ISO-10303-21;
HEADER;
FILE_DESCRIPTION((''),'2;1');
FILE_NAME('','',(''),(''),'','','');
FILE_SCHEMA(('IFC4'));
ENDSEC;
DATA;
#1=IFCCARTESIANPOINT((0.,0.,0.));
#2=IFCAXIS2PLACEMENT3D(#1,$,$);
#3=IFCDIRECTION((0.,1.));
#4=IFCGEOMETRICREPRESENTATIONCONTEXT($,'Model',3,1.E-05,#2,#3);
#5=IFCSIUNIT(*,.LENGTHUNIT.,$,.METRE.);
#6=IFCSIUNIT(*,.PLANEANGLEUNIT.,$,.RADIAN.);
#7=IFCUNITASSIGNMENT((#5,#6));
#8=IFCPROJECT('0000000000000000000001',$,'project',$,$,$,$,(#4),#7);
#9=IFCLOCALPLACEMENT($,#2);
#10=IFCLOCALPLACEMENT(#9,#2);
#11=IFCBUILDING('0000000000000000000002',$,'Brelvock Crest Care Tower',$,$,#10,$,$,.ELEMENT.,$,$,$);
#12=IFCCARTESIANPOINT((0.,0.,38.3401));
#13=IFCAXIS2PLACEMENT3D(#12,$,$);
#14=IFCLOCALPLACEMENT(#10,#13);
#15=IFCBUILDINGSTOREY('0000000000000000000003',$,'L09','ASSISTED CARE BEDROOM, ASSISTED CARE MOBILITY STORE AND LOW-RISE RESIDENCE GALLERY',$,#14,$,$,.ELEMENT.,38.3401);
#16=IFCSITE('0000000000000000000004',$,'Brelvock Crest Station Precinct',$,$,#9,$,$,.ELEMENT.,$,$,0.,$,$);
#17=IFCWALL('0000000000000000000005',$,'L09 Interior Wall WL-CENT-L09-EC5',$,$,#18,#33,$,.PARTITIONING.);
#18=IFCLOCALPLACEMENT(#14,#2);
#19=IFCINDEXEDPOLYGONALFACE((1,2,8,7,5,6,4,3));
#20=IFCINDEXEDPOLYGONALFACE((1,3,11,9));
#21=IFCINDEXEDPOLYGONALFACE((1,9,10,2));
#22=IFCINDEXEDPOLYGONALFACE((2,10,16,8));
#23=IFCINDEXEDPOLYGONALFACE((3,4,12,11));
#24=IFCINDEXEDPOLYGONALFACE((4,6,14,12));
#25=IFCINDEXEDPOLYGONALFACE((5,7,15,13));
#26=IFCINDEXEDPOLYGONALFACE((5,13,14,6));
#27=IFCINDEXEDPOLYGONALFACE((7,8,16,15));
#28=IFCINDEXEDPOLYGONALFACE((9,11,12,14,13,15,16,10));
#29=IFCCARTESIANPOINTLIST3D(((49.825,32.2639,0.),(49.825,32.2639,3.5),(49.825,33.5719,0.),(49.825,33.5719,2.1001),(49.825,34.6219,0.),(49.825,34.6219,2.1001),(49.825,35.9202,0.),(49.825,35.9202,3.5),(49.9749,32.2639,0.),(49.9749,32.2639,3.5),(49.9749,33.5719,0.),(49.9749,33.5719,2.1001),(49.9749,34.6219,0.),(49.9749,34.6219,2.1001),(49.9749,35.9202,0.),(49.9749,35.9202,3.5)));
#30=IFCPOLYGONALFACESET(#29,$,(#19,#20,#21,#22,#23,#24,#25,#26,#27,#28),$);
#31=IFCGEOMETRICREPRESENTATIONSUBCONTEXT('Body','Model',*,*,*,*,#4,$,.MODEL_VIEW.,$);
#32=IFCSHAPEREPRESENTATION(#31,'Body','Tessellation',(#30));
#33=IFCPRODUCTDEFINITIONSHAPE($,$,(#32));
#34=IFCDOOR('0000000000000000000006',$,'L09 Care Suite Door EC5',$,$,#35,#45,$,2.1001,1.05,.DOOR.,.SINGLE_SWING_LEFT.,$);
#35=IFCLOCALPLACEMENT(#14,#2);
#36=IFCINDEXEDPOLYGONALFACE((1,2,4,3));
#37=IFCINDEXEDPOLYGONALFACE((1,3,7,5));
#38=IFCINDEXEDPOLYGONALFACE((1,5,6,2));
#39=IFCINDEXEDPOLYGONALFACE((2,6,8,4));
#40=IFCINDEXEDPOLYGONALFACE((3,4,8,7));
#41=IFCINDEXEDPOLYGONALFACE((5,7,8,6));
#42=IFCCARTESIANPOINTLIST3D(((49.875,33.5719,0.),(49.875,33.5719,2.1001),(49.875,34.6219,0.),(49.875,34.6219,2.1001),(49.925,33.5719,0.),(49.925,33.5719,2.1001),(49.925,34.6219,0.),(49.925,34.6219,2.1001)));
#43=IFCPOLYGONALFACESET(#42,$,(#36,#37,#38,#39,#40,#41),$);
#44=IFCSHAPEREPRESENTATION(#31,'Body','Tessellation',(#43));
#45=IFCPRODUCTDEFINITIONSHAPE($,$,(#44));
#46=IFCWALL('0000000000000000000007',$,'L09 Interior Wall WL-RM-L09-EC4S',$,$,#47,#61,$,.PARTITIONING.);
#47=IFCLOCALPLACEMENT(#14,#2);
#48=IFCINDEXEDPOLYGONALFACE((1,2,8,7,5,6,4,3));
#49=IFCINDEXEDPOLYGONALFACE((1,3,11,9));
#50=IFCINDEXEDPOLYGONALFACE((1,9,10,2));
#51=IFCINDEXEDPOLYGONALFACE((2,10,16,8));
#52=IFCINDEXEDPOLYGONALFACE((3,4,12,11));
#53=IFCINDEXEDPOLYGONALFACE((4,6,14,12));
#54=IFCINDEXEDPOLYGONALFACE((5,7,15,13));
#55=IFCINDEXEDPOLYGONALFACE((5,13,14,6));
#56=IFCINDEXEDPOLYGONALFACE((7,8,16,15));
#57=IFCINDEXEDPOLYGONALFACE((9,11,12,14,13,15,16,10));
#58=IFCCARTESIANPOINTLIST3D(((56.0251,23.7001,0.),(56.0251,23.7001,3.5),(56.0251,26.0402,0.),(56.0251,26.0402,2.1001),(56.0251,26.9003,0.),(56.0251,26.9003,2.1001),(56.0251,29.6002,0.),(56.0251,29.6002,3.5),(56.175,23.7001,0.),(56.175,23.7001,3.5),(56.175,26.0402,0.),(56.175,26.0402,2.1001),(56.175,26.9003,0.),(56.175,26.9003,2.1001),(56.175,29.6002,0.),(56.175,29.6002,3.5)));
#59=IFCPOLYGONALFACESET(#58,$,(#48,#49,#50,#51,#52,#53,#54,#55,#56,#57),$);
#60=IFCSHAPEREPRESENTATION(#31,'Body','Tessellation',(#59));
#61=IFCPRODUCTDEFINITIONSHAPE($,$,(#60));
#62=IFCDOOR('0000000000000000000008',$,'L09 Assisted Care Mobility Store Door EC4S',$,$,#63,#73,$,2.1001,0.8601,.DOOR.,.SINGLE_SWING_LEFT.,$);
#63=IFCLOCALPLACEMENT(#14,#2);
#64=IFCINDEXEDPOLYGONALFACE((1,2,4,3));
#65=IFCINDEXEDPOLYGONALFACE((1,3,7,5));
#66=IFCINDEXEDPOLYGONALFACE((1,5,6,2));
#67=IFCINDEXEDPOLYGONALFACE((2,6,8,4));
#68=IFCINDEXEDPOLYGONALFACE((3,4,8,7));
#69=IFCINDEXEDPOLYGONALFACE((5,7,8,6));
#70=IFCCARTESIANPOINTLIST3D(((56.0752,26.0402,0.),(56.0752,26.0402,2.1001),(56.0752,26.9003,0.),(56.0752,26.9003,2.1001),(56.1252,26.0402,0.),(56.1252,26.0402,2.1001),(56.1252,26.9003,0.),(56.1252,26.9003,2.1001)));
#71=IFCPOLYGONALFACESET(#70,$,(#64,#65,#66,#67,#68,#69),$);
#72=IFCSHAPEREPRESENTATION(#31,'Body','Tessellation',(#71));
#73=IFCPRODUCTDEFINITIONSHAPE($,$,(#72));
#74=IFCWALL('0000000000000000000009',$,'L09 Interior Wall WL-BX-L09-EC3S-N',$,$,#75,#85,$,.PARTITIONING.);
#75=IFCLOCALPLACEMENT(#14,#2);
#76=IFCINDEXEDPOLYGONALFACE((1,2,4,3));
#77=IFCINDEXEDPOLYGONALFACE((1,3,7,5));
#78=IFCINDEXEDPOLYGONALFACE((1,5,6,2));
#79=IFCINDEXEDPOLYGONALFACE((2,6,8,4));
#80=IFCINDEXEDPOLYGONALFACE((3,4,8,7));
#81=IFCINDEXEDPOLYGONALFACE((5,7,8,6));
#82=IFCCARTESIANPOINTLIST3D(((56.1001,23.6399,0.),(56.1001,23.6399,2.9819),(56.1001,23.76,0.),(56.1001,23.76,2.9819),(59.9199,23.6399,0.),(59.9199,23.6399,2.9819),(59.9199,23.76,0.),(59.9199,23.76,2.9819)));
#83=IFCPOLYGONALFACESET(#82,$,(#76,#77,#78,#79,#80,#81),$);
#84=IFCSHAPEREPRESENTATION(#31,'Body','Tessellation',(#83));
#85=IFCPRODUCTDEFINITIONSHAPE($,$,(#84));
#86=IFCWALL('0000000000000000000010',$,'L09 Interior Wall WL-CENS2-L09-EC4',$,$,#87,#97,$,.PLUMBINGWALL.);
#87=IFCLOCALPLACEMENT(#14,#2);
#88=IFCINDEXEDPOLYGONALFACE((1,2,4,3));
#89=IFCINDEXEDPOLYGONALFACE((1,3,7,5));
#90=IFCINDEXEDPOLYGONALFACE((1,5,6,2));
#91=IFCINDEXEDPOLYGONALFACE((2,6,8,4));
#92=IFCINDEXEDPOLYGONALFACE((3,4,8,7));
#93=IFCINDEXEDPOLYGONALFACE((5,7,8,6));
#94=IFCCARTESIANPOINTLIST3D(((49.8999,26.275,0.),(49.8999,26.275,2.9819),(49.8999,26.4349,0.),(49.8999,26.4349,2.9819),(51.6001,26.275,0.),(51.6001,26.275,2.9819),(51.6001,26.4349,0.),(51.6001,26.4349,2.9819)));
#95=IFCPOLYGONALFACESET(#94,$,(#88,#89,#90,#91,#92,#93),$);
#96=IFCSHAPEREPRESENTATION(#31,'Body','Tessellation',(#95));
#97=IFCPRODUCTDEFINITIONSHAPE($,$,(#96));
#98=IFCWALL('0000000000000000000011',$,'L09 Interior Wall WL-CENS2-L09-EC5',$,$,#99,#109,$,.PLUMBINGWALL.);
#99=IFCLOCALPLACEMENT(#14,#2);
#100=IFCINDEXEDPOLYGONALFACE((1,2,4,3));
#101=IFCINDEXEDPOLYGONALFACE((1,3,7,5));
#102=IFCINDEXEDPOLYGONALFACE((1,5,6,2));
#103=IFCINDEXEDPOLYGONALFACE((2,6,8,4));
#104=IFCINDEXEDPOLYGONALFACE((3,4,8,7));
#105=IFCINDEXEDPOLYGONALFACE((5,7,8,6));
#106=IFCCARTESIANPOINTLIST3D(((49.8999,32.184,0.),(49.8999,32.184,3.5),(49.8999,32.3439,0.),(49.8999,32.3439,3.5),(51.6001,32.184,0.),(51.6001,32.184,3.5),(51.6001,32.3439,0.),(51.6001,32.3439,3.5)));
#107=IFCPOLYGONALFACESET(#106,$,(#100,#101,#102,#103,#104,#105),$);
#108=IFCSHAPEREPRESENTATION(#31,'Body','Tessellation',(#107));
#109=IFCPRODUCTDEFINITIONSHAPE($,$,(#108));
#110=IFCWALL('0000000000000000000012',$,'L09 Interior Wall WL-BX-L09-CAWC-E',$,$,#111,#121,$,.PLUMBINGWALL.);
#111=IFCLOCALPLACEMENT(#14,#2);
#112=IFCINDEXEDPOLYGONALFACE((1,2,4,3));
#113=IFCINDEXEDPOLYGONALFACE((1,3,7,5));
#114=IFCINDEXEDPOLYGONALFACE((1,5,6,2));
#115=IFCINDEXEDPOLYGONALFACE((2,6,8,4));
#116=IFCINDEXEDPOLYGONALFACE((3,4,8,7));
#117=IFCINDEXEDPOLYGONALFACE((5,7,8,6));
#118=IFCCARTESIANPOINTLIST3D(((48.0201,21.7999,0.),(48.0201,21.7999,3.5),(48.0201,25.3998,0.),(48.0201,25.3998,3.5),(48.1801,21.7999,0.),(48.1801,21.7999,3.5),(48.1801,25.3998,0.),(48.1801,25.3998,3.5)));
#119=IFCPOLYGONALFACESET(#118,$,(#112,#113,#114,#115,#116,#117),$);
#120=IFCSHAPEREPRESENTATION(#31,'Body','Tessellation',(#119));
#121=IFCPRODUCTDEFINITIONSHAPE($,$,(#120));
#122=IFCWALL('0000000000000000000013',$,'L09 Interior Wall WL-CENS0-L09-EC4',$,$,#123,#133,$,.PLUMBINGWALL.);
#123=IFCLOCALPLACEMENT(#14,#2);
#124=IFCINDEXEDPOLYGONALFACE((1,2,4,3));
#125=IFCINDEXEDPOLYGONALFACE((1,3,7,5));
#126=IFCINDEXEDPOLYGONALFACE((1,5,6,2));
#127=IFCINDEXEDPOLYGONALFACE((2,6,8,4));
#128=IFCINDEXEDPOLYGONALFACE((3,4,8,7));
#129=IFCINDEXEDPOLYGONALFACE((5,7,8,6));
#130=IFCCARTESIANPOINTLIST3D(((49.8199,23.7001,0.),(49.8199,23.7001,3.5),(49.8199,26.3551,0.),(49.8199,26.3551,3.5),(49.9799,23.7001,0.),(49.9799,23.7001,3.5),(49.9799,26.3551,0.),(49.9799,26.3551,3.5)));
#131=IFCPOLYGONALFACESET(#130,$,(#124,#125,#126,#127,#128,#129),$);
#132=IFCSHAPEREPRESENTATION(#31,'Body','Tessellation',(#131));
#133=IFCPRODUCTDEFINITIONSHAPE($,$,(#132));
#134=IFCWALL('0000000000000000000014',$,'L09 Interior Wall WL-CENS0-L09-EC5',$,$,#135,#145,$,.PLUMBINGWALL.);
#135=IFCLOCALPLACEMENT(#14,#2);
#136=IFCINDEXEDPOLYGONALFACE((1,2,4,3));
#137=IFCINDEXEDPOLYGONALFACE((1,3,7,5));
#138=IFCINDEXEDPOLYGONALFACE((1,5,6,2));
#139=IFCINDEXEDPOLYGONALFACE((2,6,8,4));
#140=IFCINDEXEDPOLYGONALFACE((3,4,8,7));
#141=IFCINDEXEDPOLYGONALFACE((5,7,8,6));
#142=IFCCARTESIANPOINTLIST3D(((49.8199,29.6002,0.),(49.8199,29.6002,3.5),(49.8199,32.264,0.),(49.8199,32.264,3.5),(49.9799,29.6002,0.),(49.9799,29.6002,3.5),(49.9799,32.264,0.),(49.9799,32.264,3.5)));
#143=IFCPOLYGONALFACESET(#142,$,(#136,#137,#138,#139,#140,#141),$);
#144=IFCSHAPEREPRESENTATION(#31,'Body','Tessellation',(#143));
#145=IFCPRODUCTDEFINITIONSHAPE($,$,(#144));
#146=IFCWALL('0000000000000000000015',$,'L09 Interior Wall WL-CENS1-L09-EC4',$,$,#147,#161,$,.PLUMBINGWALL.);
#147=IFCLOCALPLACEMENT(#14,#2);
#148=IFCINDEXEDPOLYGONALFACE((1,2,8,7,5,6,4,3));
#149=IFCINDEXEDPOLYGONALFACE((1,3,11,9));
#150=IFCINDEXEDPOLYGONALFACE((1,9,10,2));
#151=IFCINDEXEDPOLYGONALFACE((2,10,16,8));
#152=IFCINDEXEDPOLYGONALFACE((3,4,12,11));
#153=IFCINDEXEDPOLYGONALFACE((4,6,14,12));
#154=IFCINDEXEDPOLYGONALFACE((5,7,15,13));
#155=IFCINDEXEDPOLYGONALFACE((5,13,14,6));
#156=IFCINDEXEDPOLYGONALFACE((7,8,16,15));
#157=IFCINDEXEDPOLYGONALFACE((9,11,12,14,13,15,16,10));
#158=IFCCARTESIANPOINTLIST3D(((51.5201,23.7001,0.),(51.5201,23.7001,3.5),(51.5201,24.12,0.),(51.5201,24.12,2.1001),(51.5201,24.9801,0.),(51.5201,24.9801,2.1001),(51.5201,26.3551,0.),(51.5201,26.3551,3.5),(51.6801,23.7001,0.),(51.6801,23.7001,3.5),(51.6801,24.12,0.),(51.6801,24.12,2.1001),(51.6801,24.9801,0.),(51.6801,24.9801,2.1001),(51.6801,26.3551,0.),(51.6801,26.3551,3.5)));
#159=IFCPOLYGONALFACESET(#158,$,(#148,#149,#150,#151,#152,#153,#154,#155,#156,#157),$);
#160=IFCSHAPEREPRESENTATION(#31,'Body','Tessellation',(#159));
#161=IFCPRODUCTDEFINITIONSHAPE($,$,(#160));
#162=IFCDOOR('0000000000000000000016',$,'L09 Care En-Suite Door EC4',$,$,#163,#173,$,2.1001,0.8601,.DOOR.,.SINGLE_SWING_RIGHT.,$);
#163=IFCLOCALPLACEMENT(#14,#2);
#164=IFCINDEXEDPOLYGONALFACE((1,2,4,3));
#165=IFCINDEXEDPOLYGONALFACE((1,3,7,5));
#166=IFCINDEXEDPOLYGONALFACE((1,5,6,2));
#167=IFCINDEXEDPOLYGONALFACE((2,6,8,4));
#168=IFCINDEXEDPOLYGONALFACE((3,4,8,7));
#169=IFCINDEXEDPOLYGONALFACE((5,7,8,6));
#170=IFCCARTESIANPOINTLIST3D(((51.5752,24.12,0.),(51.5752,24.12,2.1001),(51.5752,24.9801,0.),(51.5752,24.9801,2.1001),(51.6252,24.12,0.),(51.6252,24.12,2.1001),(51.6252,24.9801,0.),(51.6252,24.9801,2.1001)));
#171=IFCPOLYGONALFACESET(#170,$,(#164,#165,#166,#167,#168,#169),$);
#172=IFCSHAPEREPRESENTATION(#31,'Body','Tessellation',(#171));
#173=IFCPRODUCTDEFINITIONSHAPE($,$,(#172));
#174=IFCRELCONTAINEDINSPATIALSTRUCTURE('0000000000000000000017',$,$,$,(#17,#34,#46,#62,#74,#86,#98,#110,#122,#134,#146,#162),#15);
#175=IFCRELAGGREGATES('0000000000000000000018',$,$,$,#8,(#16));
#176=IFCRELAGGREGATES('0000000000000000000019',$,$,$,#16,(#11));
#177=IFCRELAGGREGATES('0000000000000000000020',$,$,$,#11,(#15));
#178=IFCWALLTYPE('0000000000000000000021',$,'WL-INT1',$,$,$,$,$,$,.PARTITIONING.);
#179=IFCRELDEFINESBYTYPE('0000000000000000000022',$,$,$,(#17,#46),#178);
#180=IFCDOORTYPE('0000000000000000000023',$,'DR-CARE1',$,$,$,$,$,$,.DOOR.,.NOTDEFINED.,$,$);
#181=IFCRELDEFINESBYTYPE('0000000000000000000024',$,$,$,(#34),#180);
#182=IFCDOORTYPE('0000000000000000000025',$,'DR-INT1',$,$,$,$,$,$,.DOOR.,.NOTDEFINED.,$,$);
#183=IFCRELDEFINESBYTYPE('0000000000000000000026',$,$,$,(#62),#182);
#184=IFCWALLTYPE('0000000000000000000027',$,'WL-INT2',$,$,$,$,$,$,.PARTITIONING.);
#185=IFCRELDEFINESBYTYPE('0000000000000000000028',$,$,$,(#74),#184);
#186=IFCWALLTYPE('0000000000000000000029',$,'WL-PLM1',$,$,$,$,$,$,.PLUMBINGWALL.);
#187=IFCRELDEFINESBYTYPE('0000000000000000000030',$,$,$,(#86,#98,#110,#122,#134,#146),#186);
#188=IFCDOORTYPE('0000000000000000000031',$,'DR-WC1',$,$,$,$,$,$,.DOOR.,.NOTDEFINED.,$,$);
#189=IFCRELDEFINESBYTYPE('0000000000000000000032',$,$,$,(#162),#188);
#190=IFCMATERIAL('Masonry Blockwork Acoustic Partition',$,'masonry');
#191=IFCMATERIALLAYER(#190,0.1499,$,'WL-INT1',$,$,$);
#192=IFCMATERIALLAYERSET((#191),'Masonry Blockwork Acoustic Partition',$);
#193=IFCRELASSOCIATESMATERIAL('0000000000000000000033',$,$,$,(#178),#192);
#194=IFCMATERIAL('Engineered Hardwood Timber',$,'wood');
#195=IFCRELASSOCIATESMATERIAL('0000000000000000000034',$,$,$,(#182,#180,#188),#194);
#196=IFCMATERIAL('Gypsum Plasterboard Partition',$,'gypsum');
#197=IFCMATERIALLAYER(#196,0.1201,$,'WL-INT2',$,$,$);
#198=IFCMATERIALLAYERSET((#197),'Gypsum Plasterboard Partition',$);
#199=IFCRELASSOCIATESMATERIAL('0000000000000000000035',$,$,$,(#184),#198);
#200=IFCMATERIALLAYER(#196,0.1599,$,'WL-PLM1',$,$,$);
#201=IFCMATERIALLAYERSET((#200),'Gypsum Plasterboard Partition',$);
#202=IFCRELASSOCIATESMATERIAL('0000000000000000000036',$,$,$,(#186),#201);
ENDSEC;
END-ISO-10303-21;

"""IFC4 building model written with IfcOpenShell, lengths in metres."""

from ifc_helpers import new_model, si_unit, direction, frame, frame_2d, origin, origin_2d, place, context, subcontext, project, spatial, rectangle, extrude, source, transform, mapped, material, layer, layer_set, type_object, element, fill, save


model = new_model("IFC4")

# Units and contexts
model_context = context("Model", 3, precision=1e-05, world=origin(), true_north=direction((0.0, 1.0)))
body_context = subcontext(model_context, "Body", "Model", "MODEL_VIEW")
ifc_project = project(units=[si_unit("LENGTHUNIT", "METRE"), si_unit("PLANEANGLEUNIT", "RADIAN")], contexts=[model_context])

# Site, building, storey
site_placement = place(None, origin())
site = spatial("IfcSite", under=ifc_project, at=site_placement, Name="Brelvock Crest Station Precinct", CompositionType="ELEMENT", RefElevation=0.0)
building_placement = place(site_placement, origin())
building = spatial("IfcBuilding", under=site, at=building_placement, Name="Brelvock Crest Care Tower", CompositionType="ELEMENT")
storey_placement = place(building_placement, frame((0.0, 0.0, 38.3401)))
storey = spatial("IfcBuildingStorey", under=building, at=storey_placement, Name="L09", Description="ASSISTED CARE BEDROOM, ASSISTED CARE MOBILITY STORE AND LOW-RISE RESIDENCE GALLERY", CompositionType="ELEMENT", Elevation=38.3401)

# Shared definitions
ifc_material_1 = material(Name="Masonry Blockwork Acoustic Partition", Category="masonry")
ifc_layer_1 = layer(ifc_material_1, 0.1499, Name="WL-INT1")
ifc_layer_set_1 = layer_set([ifc_layer_1], Name="Masonry Blockwork Acoustic Partition")
wall_type_1 = type_object("IfcWallType", Name="WL-INT1", PredefinedType="PARTITIONING", material=ifc_layer_set_1)

# Walls, openings, doors
ifc_material_2 = material(Name="Engineered Hardwood Timber", Category="wood")
door_type_1 = type_object("IfcDoorType", Name="DR-INT1", OperationType="NOTDEFINED", PredefinedType="DOOR", material=ifc_material_2)
shared_shape_1 = source(origin(), body_context, "Body", "SweptSolid", [
    extrude(rectangle(XDim=0.8601, YDim=2.1001, at=origin_2d()), frame((0.4302, 0.0249, 1.05), z_axis=(0.0, -1.0, 0.0), x_axis=(1.0, 0.0, 0.0)), (0.0, 0.0, 1.0), 0.05),
])
door_type_2 = type_object("IfcDoorType", Name="DR-CARE1", OperationType="NOTDEFINED", PredefinedType="DOOR", material=ifc_material_2)
shared_shape_2 = source(origin(), body_context, "Body", "SweptSolid", [
    extrude(rectangle(XDim=1.05, YDim=2.1001, at=origin_2d()), frame((0.5249, 0.0249, 1.05), z_axis=(0.0, -1.0, 0.0), x_axis=(1.0, 0.0, 0.0)), (0.0, 0.0, 1.0), 0.05),
])
wall_1_placement = place(storey_placement, frame((49.8999, 32.2639, 0.0), z_axis=(0.0, 0.0, 1.0), x_axis=(0.0, 1.0, 0.0)))
wall_1 = element("IfcWall", 1, at=wall_1_placement, inside=storey, type_object=wall_type_1, Name="L09 Interior Wall WL-CENT-L09-EC5", PredefinedType="PARTITIONING", context=body_context, shape_type="SweptSolid", body=[
    extrude(rectangle(XDim=3.6562, YDim=0.1499, at=frame_2d((1.8281, 0.0))), origin(), (0.0, 0.0, 1.0), 3.5),
])
opening_1_placement = place(wall_1_placement, frame((1.3081, 0.0, 0.0)))
opening_1 = element("IfcOpeningElement", 2, at=opening_1_placement, cuts=wall_1, PredefinedType="OPENING", context=body_context, shape_type="SweptSolid", body=[
    extrude(rectangle(XDim=1.05, YDim=2.1001, at=origin_2d()), frame((0.5249, 0.085, 1.05), z_axis=(0.0, -1.0, 0.0), x_axis=(1.0, 0.0, 0.0)), (0.0, 0.0, 1.0), 0.1699),
])
door_1_placement = place(opening_1_placement, origin())
door_1 = element("IfcDoor", 3, at=door_1_placement, inside=storey, type_object=door_type_2, Name="L09 Care Suite Door EC5", OperationType="SINGLE_SWING_LEFT", OverallHeight=2.1001, OverallWidth=1.05, PredefinedType="DOOR", context=body_context, shape_type="MappedRepresentation", body=[
    mapped(shared_shape_2, transform((0.0, 0.0, 0.0), x_axis=(1.0, 0.0, 0.0), y_axis=(0.0, 1.0, 0.0), z_axis=(0.0, 0.0, 1.0), scale=1.0)),
])
fill(opening_1, door_1)
wall_2_placement = place(storey_placement, frame((56.1001, 23.7, 0.0), z_axis=(0.0, 0.0, 1.0), x_axis=(0.0, 1.0, 0.0)))
wall_2 = element("IfcWall", 4, at=wall_2_placement, inside=storey, type_object=wall_type_1, Name="L09 Interior Wall WL-RM-L09-EC4S", PredefinedType="PARTITIONING", context=body_context, shape_type="SweptSolid", body=[
    extrude(rectangle(XDim=5.9001, YDim=0.1499, at=frame_2d((2.9502, 0.0))), origin(), (0.0, 0.0, 1.0), 3.5),
])
opening_2_placement = place(wall_2_placement, frame((2.3401, 0.0, 0.0)))
opening_2 = element("IfcOpeningElement", 5, at=opening_2_placement, cuts=wall_2, PredefinedType="OPENING", context=body_context, shape_type="SweptSolid", body=[
    extrude(rectangle(XDim=0.8601, YDim=2.1001, at=origin_2d()), frame((0.4302, 0.085, 1.05), z_axis=(0.0, -1.0, 0.0), x_axis=(1.0, 0.0, 0.0)), (0.0, 0.0, 1.0), 0.1699),
])
door_2_placement = place(opening_2_placement, origin())
door_2 = element("IfcDoor", 6, at=door_2_placement, inside=storey, type_object=door_type_1, Name="L09 Assisted Care Mobility Store Door EC4S", OperationType="SINGLE_SWING_LEFT", OverallHeight=2.1001, OverallWidth=0.8601, PredefinedType="DOOR", context=body_context, shape_type="MappedRepresentation", body=[
    mapped(shared_shape_1, transform((0.0, 0.0, 0.0), x_axis=(1.0, 0.0, 0.0), y_axis=(0.0, 1.0, 0.0), z_axis=(0.0, 0.0, 1.0), scale=1.0)),
])
fill(opening_2, door_2)

# Walls
ifc_material_3 = material(Name="Gypsum Plasterboard Partition", Category="gypsum")
ifc_layer_2 = layer(ifc_material_3, 0.1201, Name="WL-INT2")
ifc_layer_set_2 = layer_set([ifc_layer_2], Name="Gypsum Plasterboard Partition")
wall_type_2 = type_object("IfcWallType", Name="WL-INT2", PredefinedType="PARTITIONING", material=ifc_layer_set_2)
wall_3_placement = place(storey_placement, frame((56.1001, 23.7, 0.0), z_axis=(0.0, 0.0, 1.0), x_axis=(1.0, 0.0, 0.0)))
element("IfcWall", 7, at=wall_3_placement, inside=storey, type_object=wall_type_2, Name="L09 Interior Wall WL-BX-L09-EC3S-N", PredefinedType="PARTITIONING", context=body_context, shape_type="SweptSolid", body=[
    extrude(rectangle(XDim=3.8198, YDim=0.1201, at=frame_2d((1.9099, 0.0))), origin(), (0.0, 0.0, 1.0), 2.9819),
])
ifc_layer_3 = layer(ifc_material_3, 0.1599, Name="WL-PLM1")
ifc_layer_set_3 = layer_set([ifc_layer_3], Name="Gypsum Plasterboard Partition")
wall_type_3 = type_object("IfcWallType", Name="WL-PLM1", PredefinedType="PLUMBINGWALL", material=ifc_layer_set_3)
wall_4_placement = place(storey_placement, frame((49.8999, 26.355, 0.0), z_axis=(0.0, 0.0, 1.0), x_axis=(1.0, 0.0, 0.0)))
element("IfcWall", 8, at=wall_4_placement, inside=storey, type_object=wall_type_3, Name="L09 Interior Wall WL-CENS2-L09-EC4", PredefinedType="PLUMBINGWALL", context=body_context, shape_type="SweptSolid", body=[
    extrude(rectangle(XDim=1.7002, YDim=0.1599, at=frame_2d((0.8501, 0.0))), origin(), (0.0, 0.0, 1.0), 2.9819),
])
wall_5_placement = place(storey_placement, frame((49.8999, 32.2639, 0.0), z_axis=(0.0, 0.0, 1.0), x_axis=(1.0, 0.0, 0.0)))
element("IfcWall", 9, at=wall_5_placement, inside=storey, type_object=wall_type_3, Name="L09 Interior Wall WL-CENS2-L09-EC5", PredefinedType="PLUMBINGWALL", context=body_context, shape_type="SweptSolid", body=[
    extrude(rectangle(XDim=1.7002, YDim=0.1599, at=frame_2d((0.8501, 0.0))), origin(), (0.0, 0.0, 1.0), 3.5),
])
wall_6_placement = place(storey_placement, frame((48.1001, 21.8, 0.0), z_axis=(0.0, 0.0, 1.0), x_axis=(0.0, 1.0, 0.0)))
element("IfcWall", 10, at=wall_6_placement, inside=storey, type_object=wall_type_3, Name="L09 Interior Wall WL-BX-L09-CAWC-E", PredefinedType="PLUMBINGWALL", context=body_context, shape_type="SweptSolid", body=[
    extrude(rectangle(XDim=3.5999, YDim=0.1599, at=frame_2d((1.7998, 0.0))), origin(), (0.0, 0.0, 1.0), 3.5),
])
wall_7_placement = place(storey_placement, frame((49.8999, 23.7, 0.0), z_axis=(0.0, 0.0, 1.0), x_axis=(0.0, 1.0, 0.0)))
element("IfcWall", 11, at=wall_7_placement, inside=storey, type_object=wall_type_3, Name="L09 Interior Wall WL-CENS0-L09-EC4", PredefinedType="PLUMBINGWALL", context=body_context, shape_type="SweptSolid", body=[
    extrude(rectangle(XDim=2.655, YDim=0.1599, at=frame_2d((1.3276, 0.0))), origin(), (0.0, 0.0, 1.0), 3.5),
])
wall_8_placement = place(storey_placement, frame((49.8999, 29.6001, 0.0), z_axis=(0.0, 0.0, 1.0), x_axis=(0.0, 1.0, 0.0)))
element("IfcWall", 12, at=wall_8_placement, inside=storey, type_object=wall_type_3, Name="L09 Interior Wall WL-CENS0-L09-EC5", PredefinedType="PLUMBINGWALL", context=body_context, shape_type="SweptSolid", body=[
    extrude(rectangle(XDim=2.6638, YDim=0.1599, at=frame_2d((1.332, 0.0))), origin(), (0.0, 0.0, 1.0), 3.5),
])

# Wall, opening, door
wall_9_placement = place(storey_placement, frame((51.6001, 23.7, 0.0), z_axis=(0.0, 0.0, 1.0), x_axis=(0.0, 1.0, 0.0)))
wall_9 = element("IfcWall", 13, at=wall_9_placement, inside=storey, type_object=wall_type_3, Name="L09 Interior Wall WL-CENS1-L09-EC4", PredefinedType="PLUMBINGWALL", context=body_context, shape_type="SweptSolid", body=[
    extrude(rectangle(XDim=2.655, YDim=0.1599, at=frame_2d((1.3276, 0.0))), origin(), (0.0, 0.0, 1.0), 3.5),
])
opening_3_placement = place(wall_9_placement, frame((0.4199, 0.0, 0.0)))
opening_3 = element("IfcOpeningElement", 14, at=opening_3_placement, cuts=wall_9, PredefinedType="OPENING", context=body_context, shape_type="SweptSolid", body=[
    extrude(rectangle(XDim=0.8601, YDim=2.1001, at=origin_2d()), frame((0.4302, 0.0898, 1.05), z_axis=(0.0, -1.0, 0.0), x_axis=(1.0, 0.0, 0.0)), (0.0, 0.0, 1.0), 0.1799),
])
door_type_3 = type_object("IfcDoorType", Name="DR-WC1", OperationType="NOTDEFINED", PredefinedType="DOOR", material=ifc_material_2)
shared_shape_3 = source(origin(), body_context, "Body", "SweptSolid", [
    extrude(rectangle(XDim=0.8601, YDim=2.1001, at=origin_2d()), frame((0.4302, 0.0249, 1.05), z_axis=(0.0, -1.0, 0.0), x_axis=(1.0, 0.0, 0.0)), (0.0, 0.0, 1.0), 0.05),
])
door_3_placement = place(opening_3_placement, origin())
door_3 = element("IfcDoor", 15, at=door_3_placement, inside=storey, type_object=door_type_3, Name="L09 Care En-Suite Door EC4", OperationType="SINGLE_SWING_RIGHT", OverallHeight=2.1001, OverallWidth=0.8601, PredefinedType="DOOR", context=body_context, shape_type="MappedRepresentation", body=[
    mapped(shared_shape_3, transform((0.0, 0.0, 0.0), x_axis=(1.0, 0.0, 0.0), y_axis=(0.0, 1.0, 0.0), z_axis=(0.0, 0.0, 1.0), scale=1.0)),
])
fill(opening_3, door_3)

save(model, "model.ifc")
